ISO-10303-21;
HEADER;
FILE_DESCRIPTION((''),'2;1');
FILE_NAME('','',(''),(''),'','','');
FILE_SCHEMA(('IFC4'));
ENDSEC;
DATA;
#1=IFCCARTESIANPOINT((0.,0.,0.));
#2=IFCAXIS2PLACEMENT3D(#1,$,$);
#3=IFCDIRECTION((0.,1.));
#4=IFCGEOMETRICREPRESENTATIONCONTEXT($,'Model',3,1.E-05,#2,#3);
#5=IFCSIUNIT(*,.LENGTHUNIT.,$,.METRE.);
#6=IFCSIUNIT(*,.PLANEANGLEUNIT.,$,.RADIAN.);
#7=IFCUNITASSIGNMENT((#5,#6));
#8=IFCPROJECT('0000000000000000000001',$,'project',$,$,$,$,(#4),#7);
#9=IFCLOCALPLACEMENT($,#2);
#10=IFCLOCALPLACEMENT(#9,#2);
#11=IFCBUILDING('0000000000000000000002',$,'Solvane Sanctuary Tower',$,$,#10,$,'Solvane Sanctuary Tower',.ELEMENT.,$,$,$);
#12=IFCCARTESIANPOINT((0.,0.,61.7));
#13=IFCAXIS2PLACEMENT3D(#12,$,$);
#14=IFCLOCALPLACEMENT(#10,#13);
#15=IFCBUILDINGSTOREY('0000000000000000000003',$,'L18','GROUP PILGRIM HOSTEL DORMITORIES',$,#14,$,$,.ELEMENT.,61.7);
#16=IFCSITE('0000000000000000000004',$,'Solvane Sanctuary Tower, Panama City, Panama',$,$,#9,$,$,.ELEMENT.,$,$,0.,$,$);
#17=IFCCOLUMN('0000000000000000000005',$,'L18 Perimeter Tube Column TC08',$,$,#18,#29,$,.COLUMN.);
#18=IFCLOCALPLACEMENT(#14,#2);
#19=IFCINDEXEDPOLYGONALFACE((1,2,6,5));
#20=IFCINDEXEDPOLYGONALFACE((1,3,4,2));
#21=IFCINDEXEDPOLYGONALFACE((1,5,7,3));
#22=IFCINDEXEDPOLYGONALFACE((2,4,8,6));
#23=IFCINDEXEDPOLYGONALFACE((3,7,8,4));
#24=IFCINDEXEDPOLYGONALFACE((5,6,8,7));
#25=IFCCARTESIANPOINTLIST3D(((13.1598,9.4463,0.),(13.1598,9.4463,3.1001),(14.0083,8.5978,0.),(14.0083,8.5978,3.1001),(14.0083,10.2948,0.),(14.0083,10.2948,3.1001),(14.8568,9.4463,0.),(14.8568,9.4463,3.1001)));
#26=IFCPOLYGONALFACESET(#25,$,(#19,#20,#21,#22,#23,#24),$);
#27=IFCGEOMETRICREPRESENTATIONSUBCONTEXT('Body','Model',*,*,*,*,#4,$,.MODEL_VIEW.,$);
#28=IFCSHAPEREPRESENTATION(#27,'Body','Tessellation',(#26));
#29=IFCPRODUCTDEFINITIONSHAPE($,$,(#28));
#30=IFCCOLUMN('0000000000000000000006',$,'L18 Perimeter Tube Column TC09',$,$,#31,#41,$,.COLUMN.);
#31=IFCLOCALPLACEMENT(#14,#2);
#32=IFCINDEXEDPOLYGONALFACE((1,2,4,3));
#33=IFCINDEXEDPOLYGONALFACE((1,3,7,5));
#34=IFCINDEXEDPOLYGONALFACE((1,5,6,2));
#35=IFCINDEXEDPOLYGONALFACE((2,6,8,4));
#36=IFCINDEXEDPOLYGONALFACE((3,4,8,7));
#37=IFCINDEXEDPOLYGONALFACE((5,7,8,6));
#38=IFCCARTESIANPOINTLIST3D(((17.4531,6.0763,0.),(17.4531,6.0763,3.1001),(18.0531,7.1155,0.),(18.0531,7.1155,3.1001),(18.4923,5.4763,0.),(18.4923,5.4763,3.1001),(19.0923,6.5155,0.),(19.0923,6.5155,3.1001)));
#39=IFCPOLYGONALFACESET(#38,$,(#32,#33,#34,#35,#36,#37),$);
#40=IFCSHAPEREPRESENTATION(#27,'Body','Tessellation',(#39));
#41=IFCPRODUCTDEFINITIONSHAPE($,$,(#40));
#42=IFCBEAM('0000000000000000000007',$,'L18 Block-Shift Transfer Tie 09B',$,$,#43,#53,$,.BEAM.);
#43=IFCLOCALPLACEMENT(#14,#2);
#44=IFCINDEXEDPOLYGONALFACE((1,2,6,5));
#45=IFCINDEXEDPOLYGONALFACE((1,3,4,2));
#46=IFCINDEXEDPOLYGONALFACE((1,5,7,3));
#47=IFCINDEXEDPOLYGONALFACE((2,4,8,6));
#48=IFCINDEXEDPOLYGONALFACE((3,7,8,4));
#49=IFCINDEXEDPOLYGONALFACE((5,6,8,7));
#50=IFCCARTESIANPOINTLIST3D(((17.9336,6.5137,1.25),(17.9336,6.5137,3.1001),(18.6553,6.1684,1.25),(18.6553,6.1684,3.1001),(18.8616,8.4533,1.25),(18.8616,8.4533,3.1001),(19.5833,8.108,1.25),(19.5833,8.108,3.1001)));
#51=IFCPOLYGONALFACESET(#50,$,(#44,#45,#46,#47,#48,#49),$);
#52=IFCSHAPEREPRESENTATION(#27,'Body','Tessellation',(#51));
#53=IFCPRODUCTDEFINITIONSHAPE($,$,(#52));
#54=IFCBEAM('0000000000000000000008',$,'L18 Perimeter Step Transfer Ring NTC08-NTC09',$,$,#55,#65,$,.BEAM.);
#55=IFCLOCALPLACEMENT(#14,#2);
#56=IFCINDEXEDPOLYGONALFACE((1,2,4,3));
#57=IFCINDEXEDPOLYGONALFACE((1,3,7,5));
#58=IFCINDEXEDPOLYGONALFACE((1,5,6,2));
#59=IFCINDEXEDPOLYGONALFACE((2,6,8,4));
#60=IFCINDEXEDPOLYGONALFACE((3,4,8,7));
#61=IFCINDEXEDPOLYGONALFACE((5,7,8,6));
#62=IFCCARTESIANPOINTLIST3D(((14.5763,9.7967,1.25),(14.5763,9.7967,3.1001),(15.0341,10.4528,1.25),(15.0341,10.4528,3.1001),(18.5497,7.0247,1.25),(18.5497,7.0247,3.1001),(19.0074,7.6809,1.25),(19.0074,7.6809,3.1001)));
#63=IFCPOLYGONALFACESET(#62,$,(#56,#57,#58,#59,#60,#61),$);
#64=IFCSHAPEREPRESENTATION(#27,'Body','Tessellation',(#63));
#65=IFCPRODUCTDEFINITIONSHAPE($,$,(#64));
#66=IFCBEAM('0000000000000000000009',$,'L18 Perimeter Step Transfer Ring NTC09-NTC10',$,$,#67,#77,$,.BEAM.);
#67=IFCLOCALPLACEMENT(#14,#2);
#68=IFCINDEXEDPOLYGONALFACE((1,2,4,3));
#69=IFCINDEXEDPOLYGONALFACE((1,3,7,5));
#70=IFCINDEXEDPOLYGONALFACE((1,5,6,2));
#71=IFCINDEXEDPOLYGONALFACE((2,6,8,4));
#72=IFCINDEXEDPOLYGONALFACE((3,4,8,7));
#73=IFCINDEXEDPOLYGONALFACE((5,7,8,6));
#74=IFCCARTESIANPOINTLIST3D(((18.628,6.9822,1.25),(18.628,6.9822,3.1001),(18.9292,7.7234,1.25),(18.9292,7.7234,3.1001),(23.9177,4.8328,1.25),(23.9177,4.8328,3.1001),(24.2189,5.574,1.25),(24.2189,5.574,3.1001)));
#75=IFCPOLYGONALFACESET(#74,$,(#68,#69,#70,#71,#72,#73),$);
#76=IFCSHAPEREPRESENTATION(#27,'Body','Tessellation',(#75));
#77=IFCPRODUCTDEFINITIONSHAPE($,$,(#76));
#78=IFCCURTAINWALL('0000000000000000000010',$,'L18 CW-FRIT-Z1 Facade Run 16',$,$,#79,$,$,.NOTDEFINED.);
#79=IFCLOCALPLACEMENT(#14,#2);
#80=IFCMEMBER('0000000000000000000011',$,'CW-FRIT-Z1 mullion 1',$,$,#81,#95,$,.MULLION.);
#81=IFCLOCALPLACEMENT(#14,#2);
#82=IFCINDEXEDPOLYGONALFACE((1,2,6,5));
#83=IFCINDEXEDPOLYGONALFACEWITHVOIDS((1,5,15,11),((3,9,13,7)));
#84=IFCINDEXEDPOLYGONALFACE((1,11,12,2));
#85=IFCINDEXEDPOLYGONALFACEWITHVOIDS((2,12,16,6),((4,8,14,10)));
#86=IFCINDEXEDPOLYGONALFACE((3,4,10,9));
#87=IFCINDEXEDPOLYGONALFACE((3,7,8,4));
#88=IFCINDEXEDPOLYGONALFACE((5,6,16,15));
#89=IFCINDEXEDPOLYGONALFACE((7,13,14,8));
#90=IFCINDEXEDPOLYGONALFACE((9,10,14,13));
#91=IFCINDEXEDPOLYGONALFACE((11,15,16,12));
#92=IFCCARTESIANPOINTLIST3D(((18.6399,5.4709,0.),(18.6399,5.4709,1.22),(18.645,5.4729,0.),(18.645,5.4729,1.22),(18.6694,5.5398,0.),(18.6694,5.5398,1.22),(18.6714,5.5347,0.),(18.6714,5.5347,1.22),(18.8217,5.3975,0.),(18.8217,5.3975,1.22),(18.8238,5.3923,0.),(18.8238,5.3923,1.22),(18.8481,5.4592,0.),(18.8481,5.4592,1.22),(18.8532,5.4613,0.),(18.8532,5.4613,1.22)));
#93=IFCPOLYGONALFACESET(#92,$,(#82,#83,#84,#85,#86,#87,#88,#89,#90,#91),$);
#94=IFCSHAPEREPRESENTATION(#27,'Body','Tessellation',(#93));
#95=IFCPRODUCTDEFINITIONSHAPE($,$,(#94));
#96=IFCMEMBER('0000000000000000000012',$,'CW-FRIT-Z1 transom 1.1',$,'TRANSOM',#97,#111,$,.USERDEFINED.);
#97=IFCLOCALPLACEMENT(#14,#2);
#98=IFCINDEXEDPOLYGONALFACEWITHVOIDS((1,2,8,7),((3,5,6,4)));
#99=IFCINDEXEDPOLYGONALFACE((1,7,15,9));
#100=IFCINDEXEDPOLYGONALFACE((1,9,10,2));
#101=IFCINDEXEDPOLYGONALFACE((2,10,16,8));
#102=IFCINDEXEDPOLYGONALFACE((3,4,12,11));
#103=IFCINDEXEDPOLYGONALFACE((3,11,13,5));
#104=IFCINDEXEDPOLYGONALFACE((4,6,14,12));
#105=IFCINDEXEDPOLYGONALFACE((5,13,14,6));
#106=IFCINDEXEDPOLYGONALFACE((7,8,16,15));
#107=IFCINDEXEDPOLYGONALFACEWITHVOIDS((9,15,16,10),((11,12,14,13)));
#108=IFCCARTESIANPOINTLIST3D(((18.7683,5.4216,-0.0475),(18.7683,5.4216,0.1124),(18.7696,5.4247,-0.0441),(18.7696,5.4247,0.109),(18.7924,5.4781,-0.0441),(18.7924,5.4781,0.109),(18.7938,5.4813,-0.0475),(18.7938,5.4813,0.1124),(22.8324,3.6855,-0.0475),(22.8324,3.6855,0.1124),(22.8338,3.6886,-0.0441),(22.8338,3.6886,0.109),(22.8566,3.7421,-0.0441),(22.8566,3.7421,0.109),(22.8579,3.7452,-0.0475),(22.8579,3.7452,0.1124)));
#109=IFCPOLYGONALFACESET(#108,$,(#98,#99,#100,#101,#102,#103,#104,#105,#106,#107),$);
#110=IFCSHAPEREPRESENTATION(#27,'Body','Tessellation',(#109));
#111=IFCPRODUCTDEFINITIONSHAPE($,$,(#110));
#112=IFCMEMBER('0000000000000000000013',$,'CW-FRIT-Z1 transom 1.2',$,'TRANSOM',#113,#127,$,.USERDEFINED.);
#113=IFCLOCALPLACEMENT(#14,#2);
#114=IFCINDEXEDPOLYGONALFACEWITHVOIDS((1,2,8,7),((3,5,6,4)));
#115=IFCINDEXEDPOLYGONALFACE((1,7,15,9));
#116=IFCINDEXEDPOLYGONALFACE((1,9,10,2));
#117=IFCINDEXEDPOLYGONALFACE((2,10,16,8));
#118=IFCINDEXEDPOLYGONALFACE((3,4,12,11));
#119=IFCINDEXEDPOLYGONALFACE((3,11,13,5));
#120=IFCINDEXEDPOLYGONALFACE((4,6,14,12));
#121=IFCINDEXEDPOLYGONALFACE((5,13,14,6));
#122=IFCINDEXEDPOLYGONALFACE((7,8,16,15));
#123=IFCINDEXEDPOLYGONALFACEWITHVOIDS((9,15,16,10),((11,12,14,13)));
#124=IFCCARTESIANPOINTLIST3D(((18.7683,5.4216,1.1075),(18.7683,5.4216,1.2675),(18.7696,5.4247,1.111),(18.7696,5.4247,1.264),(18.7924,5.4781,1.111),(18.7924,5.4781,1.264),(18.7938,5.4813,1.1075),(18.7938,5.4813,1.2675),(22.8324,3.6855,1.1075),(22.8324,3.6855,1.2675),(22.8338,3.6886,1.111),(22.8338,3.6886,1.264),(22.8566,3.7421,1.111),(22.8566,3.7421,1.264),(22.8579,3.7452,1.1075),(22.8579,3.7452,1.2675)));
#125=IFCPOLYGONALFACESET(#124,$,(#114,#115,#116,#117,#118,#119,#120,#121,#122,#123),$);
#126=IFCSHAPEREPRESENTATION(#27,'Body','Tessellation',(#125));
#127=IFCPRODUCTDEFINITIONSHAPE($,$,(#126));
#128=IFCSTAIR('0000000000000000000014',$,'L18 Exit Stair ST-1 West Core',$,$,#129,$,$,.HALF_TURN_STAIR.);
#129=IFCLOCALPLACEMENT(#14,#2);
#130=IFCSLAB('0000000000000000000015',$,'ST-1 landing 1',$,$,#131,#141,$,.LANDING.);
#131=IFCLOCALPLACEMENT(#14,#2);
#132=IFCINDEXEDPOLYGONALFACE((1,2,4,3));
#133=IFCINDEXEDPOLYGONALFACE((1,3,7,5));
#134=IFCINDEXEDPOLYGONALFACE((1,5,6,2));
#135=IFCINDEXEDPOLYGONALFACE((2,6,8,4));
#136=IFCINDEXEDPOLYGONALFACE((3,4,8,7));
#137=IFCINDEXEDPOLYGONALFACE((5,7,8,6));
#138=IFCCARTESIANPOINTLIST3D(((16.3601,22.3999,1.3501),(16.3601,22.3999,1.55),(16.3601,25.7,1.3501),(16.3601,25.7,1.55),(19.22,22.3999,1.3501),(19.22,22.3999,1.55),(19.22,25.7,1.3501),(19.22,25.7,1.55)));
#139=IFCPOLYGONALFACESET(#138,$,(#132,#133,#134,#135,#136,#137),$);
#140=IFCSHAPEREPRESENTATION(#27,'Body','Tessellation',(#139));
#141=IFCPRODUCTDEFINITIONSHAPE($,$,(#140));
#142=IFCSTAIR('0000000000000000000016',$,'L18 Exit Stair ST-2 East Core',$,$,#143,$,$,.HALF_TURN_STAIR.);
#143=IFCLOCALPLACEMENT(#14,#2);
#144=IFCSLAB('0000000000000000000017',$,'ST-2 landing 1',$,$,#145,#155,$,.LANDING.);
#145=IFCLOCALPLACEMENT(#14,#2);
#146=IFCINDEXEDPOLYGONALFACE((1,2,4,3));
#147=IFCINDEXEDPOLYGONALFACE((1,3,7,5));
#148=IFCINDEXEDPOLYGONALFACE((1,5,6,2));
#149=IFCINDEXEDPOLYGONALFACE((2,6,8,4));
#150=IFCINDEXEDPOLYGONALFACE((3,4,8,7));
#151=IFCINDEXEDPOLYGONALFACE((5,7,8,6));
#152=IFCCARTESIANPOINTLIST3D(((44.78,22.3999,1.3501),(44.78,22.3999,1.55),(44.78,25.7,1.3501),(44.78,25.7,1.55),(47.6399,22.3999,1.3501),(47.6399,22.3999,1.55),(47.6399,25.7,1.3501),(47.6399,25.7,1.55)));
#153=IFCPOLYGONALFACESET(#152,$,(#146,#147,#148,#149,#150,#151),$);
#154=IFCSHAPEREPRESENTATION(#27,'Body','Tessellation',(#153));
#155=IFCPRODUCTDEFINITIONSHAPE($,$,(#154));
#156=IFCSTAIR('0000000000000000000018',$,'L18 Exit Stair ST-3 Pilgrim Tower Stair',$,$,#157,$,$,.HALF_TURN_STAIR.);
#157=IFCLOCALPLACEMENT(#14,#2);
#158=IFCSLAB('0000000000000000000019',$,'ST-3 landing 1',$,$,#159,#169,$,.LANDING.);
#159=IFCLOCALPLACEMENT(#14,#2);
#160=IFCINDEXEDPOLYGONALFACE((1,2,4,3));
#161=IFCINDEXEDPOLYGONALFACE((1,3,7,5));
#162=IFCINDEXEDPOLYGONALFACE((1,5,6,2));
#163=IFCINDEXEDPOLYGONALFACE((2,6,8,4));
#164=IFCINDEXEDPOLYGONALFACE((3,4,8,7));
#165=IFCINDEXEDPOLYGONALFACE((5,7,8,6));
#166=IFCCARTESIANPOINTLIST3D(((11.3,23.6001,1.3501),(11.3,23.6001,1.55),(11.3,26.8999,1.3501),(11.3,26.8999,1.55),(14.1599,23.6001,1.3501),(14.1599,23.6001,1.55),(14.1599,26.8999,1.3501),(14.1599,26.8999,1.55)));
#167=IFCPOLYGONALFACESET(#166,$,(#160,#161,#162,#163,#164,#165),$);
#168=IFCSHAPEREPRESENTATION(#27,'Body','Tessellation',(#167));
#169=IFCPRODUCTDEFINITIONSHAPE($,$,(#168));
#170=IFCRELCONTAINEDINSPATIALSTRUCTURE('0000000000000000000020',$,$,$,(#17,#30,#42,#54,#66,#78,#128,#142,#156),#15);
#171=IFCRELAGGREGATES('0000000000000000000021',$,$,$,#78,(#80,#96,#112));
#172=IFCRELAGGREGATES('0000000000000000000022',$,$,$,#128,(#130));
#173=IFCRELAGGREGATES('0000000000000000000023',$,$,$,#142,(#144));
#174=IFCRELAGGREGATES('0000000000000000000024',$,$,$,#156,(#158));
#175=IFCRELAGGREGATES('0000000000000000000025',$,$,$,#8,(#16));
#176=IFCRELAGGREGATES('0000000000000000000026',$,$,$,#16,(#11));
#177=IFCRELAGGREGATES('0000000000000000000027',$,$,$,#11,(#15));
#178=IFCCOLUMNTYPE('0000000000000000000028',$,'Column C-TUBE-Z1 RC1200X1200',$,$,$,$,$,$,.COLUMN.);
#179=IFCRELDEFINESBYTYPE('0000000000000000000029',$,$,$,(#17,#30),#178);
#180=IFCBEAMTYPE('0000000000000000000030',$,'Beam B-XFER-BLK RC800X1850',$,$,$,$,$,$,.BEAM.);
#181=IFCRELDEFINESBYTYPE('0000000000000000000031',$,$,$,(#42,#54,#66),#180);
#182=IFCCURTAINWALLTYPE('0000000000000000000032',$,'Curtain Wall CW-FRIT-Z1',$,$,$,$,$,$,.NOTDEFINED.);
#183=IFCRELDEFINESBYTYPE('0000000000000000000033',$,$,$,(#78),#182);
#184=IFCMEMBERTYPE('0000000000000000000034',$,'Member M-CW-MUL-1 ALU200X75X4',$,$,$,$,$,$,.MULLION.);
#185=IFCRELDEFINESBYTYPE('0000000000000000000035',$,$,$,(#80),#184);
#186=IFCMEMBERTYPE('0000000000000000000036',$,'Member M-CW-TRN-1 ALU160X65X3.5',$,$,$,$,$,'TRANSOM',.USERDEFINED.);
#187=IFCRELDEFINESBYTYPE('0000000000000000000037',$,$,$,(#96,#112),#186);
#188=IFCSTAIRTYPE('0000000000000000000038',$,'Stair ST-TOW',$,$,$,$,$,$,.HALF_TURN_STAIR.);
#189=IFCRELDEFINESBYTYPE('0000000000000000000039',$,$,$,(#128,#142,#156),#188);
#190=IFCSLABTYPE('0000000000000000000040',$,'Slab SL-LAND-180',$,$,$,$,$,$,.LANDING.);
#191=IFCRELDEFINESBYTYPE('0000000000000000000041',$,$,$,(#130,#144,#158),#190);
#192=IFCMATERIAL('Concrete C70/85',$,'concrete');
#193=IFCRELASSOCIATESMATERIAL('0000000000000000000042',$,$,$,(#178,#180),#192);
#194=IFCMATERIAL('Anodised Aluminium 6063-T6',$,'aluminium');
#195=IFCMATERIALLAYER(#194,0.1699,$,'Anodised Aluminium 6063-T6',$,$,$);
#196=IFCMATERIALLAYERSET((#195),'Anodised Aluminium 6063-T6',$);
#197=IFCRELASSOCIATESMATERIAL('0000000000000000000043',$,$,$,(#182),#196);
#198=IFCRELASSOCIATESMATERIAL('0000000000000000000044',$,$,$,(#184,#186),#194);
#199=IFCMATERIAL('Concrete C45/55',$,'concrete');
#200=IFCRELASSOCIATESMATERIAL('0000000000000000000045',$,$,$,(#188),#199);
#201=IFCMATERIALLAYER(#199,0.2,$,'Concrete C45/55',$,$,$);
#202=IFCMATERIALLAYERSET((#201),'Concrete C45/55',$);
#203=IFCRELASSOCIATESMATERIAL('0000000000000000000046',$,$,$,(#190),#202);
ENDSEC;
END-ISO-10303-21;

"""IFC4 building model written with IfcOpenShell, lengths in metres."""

from ifc_helpers import new_model, si_unit, direction, frame, origin, origin_2d, place, context, subcontext, project, spatial, polyline, rectangle, hollow_rectangle, outline, extrude, material, layer, layer_set, material_profile, profile_set, type_object, element, aggregate, save


model = new_model("IFC4")

# Units and contexts
model_context = context("Model", 3, precision=1e-05, world=origin(), true_north=direction((0.0, 1.0)))
body_context = subcontext(model_context, "Body", "Model", "MODEL_VIEW")
ifc_project = project(units=[si_unit("LENGTHUNIT", "METRE"), si_unit("PLANEANGLEUNIT", "RADIAN")], contexts=[model_context])

# Site, building, storey
site_placement = place(None, origin())
site = spatial("IfcSite", under=ifc_project, at=site_placement, Name="Solvane Sanctuary Tower, Panama City, Panama", CompositionType="ELEMENT", RefElevation=0.0)
building_placement = place(site_placement, origin())
building = spatial("IfcBuilding", under=site, at=building_placement, Name="Solvane Sanctuary Tower", LongName="Solvane Sanctuary Tower", CompositionType="ELEMENT")
storey_placement = place(building_placement, frame((0.0, 0.0, 61.7)))
storey = spatial("IfcBuildingStorey", under=building, at=storey_placement, Name="L18", Description="GROUP PILGRIM HOSTEL DORMITORIES", CompositionType="ELEMENT", Elevation=61.7)

# Columns
ifc_material_1 = material(Name="Concrete C70/85", Category="concrete")
ifc_material_profile_1 = material_profile(ifc_material_1, rectangle(XDim=1.2, YDim=1.2, at=origin_2d()), Name="RC1200X1200")
ifc_profile_set_1 = profile_set([ifc_material_profile_1], Name="Concrete C70/85")
column_type = type_object("IfcColumnType", Name="Column C-TUBE-Z1 RC1200X1200", PredefinedType="COLUMN", material=ifc_profile_set_1)
for number, where, z_axis, x_axis, name in (
    (1, (14.0083, 9.4463, 0.0), (0.0, 0.0, 1.0), (-0.707107, -0.707107, 0.0), "L18 Perimeter Tube Column TC08"),
    (2, (18.2727, 6.2959, 0.0), (0.0, 0.0, 1.0), (-0.5, -0.866025, 0.0), "L18 Perimeter Tube Column TC09"),
):
    element("IfcColumn", number, at=place(storey_placement, frame(where, z_axis=z_axis, x_axis=x_axis)), inside=storey, type_object=column_type, Name=name, PredefinedType="COLUMN", context=body_context, shape_type="SweptSolid", body=[
        extrude(rectangle(XDim=1.2, YDim=1.2, at=origin_2d()), origin(), (0.0, 0.0, 1.0), 3.1001),
    ])

# Beams
ifc_material_profile_2 = material_profile(ifc_material_1, rectangle(XDim=0.8, YDim=1.8501, at=origin_2d()), Name="RC800X1850")
ifc_profile_set_2 = profile_set([ifc_material_profile_2], Name="Concrete C70/85")
beam_type = type_object("IfcBeamType", Name="Beam B-XFER-BLK RC800X1850", PredefinedType="BEAM", material=ifc_profile_set_2)
beam_1_placement = place(storey_placement, frame((18.2944, 6.3411, 2.175), z_axis=(0.431612, 0.902059, 0.0), x_axis=(-0.902059, 0.431612, 0.0)))
element("IfcBeam", 3, at=beam_1_placement, inside=storey, type_object=beam_type, Name="L18 Block-Shift Transfer Tie 09B", PredefinedType="BEAM", context=body_context, shape_type="SweptSolid", body=[
    extrude(rectangle(XDim=0.8, YDim=1.8501, at=origin_2d()), origin(), (0.0, 0.0, 1.0), 2.1501),
])
beam_2_placement = place(storey_placement, frame((14.8052, 10.1248, 2.175), z_axis=(0.820142, -0.57216, 0.0), x_axis=(0.57216, 0.820142, 0.0)))
element("IfcBeam", 4, at=beam_2_placement, inside=storey, type_object=beam_type, Name="L18 Perimeter Step Transfer Ring NTC08-NTC09", PredefinedType="BEAM", context=body_context, shape_type="SweptSolid", body=[
    extrude(rectangle(XDim=0.8, YDim=1.8501, at=origin_2d()), origin(), (0.0, 0.0, 1.0), 4.8447),
])
beam_3_placement = place(storey_placement, frame((18.7786, 7.3528, 2.175), z_axis=(0.92644, -0.376442, 0.0), x_axis=(0.376442, 0.92644, 0.0)))
element("IfcBeam", 5, at=beam_3_placement, inside=storey, type_object=beam_type, Name="L18 Perimeter Step Transfer Ring NTC09-NTC10", PredefinedType="BEAM", context=body_context, shape_type="SweptSolid", body=[
    extrude(rectangle(XDim=0.8, YDim=1.8501, at=origin_2d()), origin(), (0.0, 0.0, 1.0), 5.7097),
])

# Curtain wall, members
ifc_material_2 = material(Name="Anodised Aluminium 6063-T6", Category="aluminium")
ifc_layer_1 = layer(ifc_material_2, 0.1699, Name="Anodised Aluminium 6063-T6")
ifc_layer_set_1 = layer_set([ifc_layer_1], Name="Anodised Aluminium 6063-T6")
curtain_wall_type = type_object("IfcCurtainWallType", Name="Curtain Wall CW-FRIT-Z1", PredefinedType="NOTDEFINED", material=ifc_layer_set_1)
curtain_wall_placement = place(storey_placement, origin())
curtain_wall = element("IfcCurtainWall", 6, at=curtain_wall_placement, inside=storey, type_object=curtain_wall_type, Name="L18 CW-FRIT-Z1 Facade Run 16", PredefinedType="NOTDEFINED")
ifc_material_profile_3 = material_profile(ifc_material_2, hollow_rectangle(XDim=0.075, YDim=0.2, WallThickness=0.0039, at=origin_2d()), Name="ALU200X75X4")
ifc_profile_set_3 = profile_set([ifc_material_profile_3], Name="Anodised Aluminium 6063-T6")
member_type_1 = type_object("IfcMemberType", Name="Member M-CW-MUL-1 ALU200X75X4", PredefinedType="MULLION", material=ifc_profile_set_3)
member_1_placement = place(storey_placement, frame((18.7466, 5.4661, 0.0), z_axis=(0.0, 0.0, 1.0), x_axis=(0.39282, 0.919615, 0.0)))
member_1 = element("IfcMember", 7, at=member_1_placement, type_object=member_type_1, Name="CW-FRIT-Z1 mullion 1", PredefinedType="MULLION", context=body_context, shape_type="SweptSolid", body=[
    extrude(hollow_rectangle(XDim=0.075, YDim=0.2, WallThickness=0.0039, at=origin_2d()), origin(), (0.0, 0.0, 1.0), 1.22),
])
ifc_material_profile_4 = material_profile(ifc_material_2, hollow_rectangle(XDim=0.0649, YDim=0.1599, WallThickness=0.0034, at=origin_2d()), Name="ALU160X65X3.5")
ifc_profile_set_4 = profile_set([ifc_material_profile_4], Name="Anodised Aluminium 6063-T6")
member_type_2 = type_object("IfcMemberType", Name="Member M-CW-TRN-1 ALU160X65X3.5", ElementType="TRANSOM", PredefinedType="USERDEFINED", material=ifc_profile_set_4)
member_2_placement = place(storey_placement, frame((18.781, 5.4514, 0.0325), z_axis=(0.919613, -0.392826, 0.0), x_axis=(0.392826, 0.919613, 0.0)))
member_2 = element("IfcMember", 8, at=member_2_placement, type_object=member_type_2, Name="CW-FRIT-Z1 transom 1.1", ObjectType="TRANSOM", PredefinedType="USERDEFINED", context=body_context, shape_type="SweptSolid", body=[
    extrude(hollow_rectangle(XDim=0.0649, YDim=0.1599, WallThickness=0.0034, at=origin_2d()), origin(), (0.0, 0.0, 1.0), 4.4194),
])
member_3_placement = place(storey_placement, frame((18.781, 5.4514, 1.1875), z_axis=(0.919613, -0.392826, 0.0), x_axis=(0.392826, 0.919613, 0.0)))
member_3 = element("IfcMember", 9, at=member_3_placement, type_object=member_type_2, Name="CW-FRIT-Z1 transom 1.2", ObjectType="TRANSOM", PredefinedType="USERDEFINED", context=body_context, shape_type="SweptSolid", body=[
    extrude(hollow_rectangle(XDim=0.0649, YDim=0.1599, WallThickness=0.0034, at=origin_2d()), origin(), (0.0, 0.0, 1.0), 4.4194),
])
aggregate(curtain_wall, [member_1, member_2, member_3])

# Stairs, slabs
ifc_material_3 = material(Name="Concrete C45/55", Category="concrete")
stair_type = type_object("IfcStairType", Name="Stair ST-TOW", PredefinedType="HALF_TURN_STAIR", material=ifc_material_3)
stair_1_placement = place(storey_placement, origin())
stair_1 = element("IfcStair", 10, at=stair_1_placement, inside=storey, type_object=stair_type, Name="L18 Exit Stair ST-1 West Core", PredefinedType="HALF_TURN_STAIR")
ifc_layer_2 = layer(ifc_material_3, 0.2, Name="Concrete C45/55")
ifc_layer_set_2 = layer_set([ifc_layer_2], Name="Concrete C45/55")
slab_type_1 = type_object("IfcSlabType", Name="Slab SL-LAND-180", PredefinedType="LANDING", material=ifc_layer_set_2)
slab_1_placement = place(storey_placement, frame((0.0, 0.0, 1.3501)))
slab_1 = element("IfcSlab", 11, at=slab_1_placement, type_object=slab_type_1, Name="ST-1 landing 1", PredefinedType="LANDING", context=body_context, shape_type="SweptSolid", body=[
    extrude(outline(polyline([(19.22, 22.3999), (19.22, 25.7), (16.3601, 25.7), (16.3601, 22.3999), (19.22, 22.3999)])), origin(), (0.0, 0.0, 1.0), 0.2),
])
aggregate(stair_1, [slab_1])
stair_2_placement = place(storey_placement, origin())
stair_2 = element("IfcStair", 12, at=stair_2_placement, inside=storey, type_object=stair_type, Name="L18 Exit Stair ST-2 East Core", PredefinedType="HALF_TURN_STAIR")
slab_2_placement = place(storey_placement, frame((0.0, 0.0, 1.3501)))
slab_2 = element("IfcSlab", 13, at=slab_2_placement, type_object=slab_type_1, Name="ST-2 landing 1", PredefinedType="LANDING", context=body_context, shape_type="SweptSolid", body=[
    extrude(outline(polyline([(47.6399, 22.3999), (47.6399, 25.7), (44.78, 25.7), (44.78, 22.3999), (47.6399, 22.3999)])), origin(), (0.0, 0.0, 1.0), 0.2),
])
aggregate(stair_2, [slab_2])
stair_3_placement = place(storey_placement, origin())
stair_3 = element("IfcStair", 14, at=stair_3_placement, inside=storey, type_object=stair_type, Name="L18 Exit Stair ST-3 Pilgrim Tower Stair", PredefinedType="HALF_TURN_STAIR")
slab_3_placement = place(storey_placement, frame((0.0, 0.0, 1.3501)))
slab_3 = element("IfcSlab", 15, at=slab_3_placement, type_object=slab_type_1, Name="ST-3 landing 1", PredefinedType="LANDING", context=body_context, shape_type="SweptSolid", body=[
    extrude(outline(polyline([(14.1599, 23.6001), (14.1599, 26.8999), (11.3, 26.8999), (11.3, 23.6001), (14.1599, 23.6001)])), origin(), (0.0, 0.0, 1.0), 0.2),
])
aggregate(stair_3, [slab_3])

save(model, "model.ifc")
